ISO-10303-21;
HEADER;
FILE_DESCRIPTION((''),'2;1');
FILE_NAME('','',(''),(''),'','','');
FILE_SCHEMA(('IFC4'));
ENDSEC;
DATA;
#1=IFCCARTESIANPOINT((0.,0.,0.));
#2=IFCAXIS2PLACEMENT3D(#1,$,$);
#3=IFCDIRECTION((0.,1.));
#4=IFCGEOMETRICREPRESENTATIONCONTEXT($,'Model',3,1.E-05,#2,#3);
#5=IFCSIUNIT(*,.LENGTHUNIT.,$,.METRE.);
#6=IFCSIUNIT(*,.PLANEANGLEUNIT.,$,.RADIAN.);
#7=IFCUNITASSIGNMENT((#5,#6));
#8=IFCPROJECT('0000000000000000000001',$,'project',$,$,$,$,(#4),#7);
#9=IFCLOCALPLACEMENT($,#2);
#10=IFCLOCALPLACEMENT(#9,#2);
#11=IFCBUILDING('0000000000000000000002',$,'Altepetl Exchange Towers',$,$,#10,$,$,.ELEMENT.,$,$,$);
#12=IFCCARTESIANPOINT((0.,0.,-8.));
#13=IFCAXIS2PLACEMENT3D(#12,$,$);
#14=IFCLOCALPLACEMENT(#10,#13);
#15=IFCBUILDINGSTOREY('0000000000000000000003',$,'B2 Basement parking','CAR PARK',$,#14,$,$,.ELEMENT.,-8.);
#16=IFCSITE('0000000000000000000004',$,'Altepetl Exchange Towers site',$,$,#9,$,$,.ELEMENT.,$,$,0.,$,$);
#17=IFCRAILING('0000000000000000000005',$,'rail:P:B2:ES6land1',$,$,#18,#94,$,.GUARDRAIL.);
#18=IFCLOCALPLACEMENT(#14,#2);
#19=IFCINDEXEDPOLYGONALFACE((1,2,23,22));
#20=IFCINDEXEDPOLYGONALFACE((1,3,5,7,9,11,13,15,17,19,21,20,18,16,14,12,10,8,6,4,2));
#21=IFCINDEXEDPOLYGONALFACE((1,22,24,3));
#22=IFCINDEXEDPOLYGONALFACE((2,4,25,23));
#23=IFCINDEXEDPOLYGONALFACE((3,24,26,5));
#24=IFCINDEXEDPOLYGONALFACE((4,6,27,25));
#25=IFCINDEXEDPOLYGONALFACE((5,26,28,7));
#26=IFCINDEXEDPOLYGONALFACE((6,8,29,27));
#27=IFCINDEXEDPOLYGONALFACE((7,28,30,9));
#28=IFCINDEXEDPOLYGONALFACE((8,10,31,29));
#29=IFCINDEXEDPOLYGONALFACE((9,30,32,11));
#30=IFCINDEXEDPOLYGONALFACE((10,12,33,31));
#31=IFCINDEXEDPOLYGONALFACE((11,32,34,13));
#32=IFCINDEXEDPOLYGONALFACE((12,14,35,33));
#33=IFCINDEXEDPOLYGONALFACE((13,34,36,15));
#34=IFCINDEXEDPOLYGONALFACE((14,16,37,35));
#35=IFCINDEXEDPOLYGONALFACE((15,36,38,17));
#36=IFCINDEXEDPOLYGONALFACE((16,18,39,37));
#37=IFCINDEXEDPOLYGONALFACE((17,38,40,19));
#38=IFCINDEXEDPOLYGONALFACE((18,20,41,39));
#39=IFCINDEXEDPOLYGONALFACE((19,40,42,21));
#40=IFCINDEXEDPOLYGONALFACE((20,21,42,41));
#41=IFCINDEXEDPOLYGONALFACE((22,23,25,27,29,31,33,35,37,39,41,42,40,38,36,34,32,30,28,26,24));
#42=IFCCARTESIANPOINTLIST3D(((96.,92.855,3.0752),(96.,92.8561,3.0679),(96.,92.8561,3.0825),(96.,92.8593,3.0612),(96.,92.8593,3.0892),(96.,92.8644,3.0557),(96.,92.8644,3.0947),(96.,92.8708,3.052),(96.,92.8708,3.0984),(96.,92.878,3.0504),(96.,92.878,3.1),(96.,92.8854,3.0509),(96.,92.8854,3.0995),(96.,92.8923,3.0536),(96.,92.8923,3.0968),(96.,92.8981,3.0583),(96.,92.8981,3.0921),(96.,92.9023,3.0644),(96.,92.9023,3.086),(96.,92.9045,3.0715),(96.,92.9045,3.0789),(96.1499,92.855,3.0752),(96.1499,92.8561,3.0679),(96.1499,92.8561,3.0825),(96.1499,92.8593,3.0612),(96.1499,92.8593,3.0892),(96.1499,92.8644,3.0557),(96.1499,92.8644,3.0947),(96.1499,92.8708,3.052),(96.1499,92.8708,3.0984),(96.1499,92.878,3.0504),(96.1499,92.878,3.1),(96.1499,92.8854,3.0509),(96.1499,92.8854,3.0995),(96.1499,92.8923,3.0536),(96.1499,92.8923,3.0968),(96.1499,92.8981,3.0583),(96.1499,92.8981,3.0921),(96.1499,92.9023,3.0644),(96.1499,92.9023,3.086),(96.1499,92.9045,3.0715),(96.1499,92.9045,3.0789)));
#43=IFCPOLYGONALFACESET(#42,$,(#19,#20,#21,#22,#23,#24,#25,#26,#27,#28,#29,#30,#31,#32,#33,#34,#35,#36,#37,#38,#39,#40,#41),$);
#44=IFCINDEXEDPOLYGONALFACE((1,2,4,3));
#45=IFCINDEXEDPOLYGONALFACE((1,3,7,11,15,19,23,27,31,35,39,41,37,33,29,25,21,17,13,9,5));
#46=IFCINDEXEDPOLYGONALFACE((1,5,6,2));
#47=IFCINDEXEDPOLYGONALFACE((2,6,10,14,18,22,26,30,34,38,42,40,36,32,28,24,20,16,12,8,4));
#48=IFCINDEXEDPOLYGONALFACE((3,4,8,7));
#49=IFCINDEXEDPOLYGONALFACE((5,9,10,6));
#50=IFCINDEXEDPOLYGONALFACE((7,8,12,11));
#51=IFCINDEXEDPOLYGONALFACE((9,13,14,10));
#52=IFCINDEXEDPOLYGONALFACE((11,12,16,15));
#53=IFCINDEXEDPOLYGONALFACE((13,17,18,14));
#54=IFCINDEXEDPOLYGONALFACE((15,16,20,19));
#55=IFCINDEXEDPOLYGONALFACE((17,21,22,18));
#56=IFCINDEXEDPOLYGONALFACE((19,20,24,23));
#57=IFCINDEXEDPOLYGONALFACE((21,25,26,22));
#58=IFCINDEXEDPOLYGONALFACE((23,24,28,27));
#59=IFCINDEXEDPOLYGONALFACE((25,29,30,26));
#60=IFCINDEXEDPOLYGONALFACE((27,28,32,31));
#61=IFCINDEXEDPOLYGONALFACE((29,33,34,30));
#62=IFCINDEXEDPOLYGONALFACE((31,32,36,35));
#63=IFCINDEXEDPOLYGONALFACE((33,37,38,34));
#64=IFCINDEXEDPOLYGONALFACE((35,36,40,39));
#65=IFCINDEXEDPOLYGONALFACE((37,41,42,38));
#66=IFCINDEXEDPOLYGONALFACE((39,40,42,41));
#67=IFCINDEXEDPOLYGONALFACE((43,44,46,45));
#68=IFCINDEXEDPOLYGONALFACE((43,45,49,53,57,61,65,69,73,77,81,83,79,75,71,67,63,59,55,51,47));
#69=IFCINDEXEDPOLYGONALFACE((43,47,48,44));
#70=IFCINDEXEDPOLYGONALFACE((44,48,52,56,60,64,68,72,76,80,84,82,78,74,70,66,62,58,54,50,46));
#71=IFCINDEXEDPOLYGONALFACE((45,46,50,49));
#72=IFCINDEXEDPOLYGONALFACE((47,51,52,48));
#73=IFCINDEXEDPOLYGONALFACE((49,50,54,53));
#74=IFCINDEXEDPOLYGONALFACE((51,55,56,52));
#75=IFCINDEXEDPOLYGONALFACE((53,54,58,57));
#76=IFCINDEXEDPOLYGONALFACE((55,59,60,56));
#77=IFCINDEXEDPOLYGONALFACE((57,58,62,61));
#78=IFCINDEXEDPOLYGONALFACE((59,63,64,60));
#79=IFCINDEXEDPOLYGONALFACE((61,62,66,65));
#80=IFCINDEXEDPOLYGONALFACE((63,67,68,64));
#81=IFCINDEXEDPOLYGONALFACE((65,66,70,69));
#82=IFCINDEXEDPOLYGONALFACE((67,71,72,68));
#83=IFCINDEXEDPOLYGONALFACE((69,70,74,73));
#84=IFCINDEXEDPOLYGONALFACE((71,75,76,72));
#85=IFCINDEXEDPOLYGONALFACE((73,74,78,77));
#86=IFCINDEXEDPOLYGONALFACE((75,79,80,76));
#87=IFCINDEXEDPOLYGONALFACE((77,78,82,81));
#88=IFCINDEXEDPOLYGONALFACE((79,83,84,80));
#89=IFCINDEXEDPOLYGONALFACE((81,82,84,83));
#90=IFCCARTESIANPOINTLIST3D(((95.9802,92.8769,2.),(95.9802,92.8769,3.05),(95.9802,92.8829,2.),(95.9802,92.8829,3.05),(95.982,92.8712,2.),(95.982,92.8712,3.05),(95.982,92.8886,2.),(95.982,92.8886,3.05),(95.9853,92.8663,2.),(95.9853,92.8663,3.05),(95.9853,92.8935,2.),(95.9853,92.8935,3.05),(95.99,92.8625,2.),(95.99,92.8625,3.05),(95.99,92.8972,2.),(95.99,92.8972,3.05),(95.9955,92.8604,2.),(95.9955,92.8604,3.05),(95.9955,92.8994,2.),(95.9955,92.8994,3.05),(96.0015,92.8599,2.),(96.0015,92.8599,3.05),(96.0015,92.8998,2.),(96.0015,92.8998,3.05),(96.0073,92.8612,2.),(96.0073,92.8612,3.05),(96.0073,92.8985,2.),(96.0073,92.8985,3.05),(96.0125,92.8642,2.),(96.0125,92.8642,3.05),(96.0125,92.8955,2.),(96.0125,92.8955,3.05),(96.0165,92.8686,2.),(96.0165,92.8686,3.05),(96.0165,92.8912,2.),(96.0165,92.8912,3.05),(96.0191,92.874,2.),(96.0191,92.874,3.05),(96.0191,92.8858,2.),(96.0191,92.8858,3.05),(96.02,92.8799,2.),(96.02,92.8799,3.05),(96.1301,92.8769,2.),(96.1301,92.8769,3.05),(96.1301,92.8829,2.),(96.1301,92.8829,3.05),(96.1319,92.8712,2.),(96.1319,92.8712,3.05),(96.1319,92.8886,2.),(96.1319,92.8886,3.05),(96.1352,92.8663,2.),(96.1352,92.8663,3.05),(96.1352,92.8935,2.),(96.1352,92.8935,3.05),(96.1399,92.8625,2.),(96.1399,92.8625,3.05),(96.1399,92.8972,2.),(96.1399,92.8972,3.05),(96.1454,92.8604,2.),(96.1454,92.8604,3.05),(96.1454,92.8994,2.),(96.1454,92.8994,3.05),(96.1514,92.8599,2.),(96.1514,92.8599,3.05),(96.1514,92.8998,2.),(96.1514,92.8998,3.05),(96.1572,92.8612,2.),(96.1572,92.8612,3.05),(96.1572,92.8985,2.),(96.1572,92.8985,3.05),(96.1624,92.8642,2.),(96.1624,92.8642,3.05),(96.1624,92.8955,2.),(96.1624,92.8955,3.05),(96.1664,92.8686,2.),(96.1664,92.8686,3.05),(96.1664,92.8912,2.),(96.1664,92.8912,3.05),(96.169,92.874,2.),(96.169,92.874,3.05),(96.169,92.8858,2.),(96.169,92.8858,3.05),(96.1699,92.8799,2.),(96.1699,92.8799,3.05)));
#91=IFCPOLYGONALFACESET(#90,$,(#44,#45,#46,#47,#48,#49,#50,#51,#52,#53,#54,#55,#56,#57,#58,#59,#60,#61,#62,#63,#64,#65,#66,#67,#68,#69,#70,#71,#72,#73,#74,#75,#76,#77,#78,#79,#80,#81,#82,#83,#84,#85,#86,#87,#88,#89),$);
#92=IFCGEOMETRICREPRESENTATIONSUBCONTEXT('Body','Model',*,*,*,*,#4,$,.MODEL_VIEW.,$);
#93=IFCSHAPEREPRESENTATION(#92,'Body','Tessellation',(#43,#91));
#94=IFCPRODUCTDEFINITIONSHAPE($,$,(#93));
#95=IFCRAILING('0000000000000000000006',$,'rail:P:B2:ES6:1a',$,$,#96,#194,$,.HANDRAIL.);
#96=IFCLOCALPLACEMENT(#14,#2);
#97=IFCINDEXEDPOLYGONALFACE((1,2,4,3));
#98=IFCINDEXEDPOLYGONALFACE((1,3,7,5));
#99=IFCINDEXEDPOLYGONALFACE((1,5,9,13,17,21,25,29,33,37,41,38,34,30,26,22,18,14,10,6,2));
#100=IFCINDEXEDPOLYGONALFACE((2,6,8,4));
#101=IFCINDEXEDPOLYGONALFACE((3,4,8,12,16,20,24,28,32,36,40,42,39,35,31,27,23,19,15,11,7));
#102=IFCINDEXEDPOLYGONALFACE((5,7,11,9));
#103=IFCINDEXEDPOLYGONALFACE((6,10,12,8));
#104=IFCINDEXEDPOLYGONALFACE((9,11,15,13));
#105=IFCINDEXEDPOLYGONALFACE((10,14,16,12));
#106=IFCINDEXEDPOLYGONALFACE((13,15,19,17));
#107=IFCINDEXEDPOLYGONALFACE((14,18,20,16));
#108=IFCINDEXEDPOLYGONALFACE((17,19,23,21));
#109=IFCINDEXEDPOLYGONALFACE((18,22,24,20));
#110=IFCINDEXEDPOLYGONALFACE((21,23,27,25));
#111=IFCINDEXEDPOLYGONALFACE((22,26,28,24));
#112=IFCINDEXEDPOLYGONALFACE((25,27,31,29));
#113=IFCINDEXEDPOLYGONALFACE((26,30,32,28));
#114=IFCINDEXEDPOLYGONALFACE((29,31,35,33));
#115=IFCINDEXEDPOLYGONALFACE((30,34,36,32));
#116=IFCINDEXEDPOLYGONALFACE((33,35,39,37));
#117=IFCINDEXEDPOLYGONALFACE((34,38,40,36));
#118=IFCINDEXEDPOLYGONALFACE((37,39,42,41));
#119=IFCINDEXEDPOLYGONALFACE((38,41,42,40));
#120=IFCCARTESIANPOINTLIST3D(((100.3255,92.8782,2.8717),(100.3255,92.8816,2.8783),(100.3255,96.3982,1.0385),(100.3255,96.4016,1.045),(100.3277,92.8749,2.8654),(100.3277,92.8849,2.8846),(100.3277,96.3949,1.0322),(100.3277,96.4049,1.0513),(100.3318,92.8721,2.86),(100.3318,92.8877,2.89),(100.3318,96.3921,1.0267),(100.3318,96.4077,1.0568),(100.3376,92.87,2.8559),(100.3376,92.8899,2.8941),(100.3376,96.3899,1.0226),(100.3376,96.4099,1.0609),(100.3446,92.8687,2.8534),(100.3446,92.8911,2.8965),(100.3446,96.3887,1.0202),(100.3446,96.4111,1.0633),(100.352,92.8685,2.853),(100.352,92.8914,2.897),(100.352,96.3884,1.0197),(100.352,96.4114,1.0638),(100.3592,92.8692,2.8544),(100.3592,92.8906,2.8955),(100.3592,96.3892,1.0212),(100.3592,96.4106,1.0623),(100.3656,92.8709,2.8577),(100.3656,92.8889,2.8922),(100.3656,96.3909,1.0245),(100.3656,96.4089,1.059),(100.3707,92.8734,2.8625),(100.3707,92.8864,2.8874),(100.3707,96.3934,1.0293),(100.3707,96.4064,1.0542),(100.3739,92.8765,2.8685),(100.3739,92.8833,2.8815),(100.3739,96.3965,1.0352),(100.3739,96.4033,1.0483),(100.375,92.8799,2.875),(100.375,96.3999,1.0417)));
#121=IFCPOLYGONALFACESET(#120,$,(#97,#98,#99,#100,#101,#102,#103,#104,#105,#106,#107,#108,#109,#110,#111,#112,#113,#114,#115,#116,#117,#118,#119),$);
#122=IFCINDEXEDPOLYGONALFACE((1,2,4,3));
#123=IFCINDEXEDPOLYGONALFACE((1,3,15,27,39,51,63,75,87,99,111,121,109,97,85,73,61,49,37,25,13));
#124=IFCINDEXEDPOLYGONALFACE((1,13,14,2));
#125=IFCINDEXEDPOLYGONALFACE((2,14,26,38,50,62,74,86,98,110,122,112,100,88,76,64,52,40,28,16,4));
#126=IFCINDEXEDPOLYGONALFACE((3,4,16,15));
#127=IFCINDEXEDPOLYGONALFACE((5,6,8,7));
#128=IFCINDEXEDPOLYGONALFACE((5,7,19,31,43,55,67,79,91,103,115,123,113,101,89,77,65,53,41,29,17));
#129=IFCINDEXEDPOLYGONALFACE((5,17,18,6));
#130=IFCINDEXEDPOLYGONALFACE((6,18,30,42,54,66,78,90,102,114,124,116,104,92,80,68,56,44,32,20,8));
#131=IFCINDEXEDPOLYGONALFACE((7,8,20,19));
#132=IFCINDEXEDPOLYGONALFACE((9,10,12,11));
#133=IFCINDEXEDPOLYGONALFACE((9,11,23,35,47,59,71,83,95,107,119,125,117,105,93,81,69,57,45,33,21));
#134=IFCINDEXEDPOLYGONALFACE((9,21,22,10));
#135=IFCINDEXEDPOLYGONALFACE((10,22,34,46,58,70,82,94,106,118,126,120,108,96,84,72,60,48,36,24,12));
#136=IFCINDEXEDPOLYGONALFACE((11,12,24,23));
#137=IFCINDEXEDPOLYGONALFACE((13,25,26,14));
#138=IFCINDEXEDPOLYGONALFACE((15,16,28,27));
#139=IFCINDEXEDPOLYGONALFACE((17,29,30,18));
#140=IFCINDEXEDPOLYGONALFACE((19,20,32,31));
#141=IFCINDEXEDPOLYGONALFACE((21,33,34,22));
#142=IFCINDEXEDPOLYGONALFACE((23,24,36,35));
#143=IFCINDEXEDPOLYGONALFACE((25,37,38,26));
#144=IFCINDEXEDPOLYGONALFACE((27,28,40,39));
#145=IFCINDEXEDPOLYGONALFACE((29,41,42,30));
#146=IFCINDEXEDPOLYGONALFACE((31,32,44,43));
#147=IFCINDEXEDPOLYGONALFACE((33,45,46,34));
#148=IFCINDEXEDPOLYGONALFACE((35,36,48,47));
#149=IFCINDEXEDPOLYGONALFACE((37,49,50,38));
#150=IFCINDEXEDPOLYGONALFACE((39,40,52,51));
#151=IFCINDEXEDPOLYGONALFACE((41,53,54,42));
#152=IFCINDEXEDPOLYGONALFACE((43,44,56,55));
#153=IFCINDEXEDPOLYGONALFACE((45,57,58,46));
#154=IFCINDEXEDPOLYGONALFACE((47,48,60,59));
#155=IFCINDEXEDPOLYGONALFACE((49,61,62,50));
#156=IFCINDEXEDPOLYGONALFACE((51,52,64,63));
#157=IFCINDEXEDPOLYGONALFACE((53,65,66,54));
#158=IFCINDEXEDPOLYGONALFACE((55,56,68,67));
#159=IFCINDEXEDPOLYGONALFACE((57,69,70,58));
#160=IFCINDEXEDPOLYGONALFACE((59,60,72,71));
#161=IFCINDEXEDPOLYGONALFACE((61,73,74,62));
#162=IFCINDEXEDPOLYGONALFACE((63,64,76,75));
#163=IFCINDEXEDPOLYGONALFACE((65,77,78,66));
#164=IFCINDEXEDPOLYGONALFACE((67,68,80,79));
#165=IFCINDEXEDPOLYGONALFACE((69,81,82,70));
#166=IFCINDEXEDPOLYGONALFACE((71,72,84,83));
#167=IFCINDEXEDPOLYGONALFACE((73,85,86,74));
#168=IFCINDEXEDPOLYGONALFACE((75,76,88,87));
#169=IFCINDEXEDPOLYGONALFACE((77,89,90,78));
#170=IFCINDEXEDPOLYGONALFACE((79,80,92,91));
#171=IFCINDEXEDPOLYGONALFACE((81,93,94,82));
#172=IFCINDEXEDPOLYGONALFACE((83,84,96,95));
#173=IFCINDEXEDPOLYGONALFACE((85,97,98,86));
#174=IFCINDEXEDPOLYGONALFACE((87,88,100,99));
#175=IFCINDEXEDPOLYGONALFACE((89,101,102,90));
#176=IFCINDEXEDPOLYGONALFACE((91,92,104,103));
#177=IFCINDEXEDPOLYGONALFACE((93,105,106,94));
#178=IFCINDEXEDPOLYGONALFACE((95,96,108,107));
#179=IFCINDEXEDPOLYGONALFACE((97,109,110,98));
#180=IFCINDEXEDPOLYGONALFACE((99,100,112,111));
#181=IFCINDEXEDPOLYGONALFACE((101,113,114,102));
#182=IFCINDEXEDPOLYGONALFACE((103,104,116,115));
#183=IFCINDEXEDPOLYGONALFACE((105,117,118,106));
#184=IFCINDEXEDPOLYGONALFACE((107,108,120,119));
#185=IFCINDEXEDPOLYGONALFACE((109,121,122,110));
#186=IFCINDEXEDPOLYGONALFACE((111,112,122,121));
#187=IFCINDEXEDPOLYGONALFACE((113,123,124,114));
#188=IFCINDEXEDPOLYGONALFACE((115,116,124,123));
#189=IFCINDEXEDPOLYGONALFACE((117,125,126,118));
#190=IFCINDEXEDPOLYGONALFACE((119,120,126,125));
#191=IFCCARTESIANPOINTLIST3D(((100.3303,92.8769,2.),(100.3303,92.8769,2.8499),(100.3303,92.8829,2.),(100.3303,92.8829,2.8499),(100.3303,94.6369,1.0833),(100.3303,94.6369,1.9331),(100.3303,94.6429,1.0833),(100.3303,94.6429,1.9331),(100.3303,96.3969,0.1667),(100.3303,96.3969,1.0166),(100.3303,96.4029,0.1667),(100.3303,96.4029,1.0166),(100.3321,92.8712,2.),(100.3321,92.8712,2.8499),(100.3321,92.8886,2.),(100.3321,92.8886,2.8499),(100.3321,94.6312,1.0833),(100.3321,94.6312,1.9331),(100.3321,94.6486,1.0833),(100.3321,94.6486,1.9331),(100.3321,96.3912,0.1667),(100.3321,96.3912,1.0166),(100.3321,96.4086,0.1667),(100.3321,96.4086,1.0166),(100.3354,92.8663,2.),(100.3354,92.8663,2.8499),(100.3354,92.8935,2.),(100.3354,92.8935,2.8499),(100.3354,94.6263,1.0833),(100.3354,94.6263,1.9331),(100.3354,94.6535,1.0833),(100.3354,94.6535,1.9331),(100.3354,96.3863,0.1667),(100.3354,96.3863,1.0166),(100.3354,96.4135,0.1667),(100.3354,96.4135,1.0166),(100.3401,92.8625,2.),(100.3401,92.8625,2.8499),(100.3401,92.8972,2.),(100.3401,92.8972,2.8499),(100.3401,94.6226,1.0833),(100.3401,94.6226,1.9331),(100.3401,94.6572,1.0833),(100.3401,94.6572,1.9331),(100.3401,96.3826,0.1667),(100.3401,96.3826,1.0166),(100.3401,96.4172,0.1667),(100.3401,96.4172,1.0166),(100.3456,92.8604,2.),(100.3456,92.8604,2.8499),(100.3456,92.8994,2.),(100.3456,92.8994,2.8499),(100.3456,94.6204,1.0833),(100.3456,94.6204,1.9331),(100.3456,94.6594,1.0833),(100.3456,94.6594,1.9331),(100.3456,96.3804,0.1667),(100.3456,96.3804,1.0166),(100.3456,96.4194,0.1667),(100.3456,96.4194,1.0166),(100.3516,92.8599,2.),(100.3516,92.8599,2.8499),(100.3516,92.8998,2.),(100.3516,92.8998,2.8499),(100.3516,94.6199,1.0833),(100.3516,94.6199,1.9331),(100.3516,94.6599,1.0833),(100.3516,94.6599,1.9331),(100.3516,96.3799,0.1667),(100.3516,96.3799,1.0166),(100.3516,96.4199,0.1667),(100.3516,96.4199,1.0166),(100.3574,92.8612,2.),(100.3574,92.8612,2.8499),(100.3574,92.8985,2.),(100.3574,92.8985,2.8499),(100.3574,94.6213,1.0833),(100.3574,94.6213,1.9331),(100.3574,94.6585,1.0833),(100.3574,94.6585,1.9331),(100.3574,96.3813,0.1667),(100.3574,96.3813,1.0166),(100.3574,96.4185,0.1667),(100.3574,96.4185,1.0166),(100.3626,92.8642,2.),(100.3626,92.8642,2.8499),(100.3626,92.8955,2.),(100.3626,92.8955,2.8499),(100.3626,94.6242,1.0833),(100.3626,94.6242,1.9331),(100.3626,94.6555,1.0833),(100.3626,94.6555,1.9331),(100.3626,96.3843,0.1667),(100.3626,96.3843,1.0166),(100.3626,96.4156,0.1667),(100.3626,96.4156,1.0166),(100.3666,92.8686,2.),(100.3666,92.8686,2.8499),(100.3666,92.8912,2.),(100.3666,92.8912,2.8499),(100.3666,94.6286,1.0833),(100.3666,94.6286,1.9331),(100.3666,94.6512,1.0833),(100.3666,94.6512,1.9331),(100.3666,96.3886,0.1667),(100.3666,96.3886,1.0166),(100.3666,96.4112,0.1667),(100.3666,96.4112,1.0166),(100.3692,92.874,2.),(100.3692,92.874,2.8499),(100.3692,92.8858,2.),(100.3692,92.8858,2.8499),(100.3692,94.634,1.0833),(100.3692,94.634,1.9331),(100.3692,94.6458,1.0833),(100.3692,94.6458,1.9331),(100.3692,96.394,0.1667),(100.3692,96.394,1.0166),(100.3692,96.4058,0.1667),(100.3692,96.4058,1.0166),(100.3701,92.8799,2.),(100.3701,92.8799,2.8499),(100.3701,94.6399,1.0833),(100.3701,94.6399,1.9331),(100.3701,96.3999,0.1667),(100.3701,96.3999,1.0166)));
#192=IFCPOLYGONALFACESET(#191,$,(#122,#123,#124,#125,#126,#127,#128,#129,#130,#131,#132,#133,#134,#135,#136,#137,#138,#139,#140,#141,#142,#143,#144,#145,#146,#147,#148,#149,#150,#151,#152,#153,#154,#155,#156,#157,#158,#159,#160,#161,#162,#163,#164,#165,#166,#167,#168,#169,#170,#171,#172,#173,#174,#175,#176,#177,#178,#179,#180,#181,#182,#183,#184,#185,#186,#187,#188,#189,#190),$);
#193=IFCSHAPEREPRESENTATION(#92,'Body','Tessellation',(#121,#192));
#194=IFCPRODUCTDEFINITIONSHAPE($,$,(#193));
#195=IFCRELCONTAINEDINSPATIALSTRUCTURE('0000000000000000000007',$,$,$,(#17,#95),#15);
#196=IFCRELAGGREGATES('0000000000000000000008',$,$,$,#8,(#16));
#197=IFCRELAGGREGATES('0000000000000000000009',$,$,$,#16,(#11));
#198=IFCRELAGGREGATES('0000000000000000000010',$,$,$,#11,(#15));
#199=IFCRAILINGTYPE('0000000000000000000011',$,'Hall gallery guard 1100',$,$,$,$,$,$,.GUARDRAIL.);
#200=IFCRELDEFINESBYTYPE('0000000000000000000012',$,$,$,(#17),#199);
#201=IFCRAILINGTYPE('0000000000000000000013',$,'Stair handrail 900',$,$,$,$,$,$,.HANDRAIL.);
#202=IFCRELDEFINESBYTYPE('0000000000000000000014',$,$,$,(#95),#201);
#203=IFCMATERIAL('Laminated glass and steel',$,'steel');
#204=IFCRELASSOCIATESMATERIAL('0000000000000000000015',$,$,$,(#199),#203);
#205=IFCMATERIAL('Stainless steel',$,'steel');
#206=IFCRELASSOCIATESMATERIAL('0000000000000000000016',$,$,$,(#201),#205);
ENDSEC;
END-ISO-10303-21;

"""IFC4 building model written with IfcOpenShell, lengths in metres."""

from ifc_helpers import new_model, si_unit, direction, frame, origin, origin_2d, place, context, subcontext, project, spatial, circle, extrude, source, transform, mapped, material, type_object, element, save


model = new_model("IFC4")

# Units and contexts
model_context = context("Model", 3, precision=1e-05, world=origin(), true_north=direction((0.0, 1.0)))
body_context = subcontext(model_context, "Body", "Model", "MODEL_VIEW")
ifc_project = project(units=[si_unit("LENGTHUNIT", "METRE"), si_unit("PLANEANGLEUNIT", "RADIAN")], contexts=[model_context])

# Site, building, storey
site_placement = place(None, origin())
site = spatial("IfcSite", under=ifc_project, at=site_placement, Name="Altepetl Exchange Towers site", CompositionType="ELEMENT", RefElevation=0.0)
building_placement = place(site_placement, origin())
building = spatial("IfcBuilding", under=site, at=building_placement, Name="Altepetl Exchange Towers", CompositionType="ELEMENT")
storey_placement = place(building_placement, frame((0.0, 0.0, -8.0)))
storey = spatial("IfcBuildingStorey", under=building, at=storey_placement, Name="B2 Basement parking", Description="CAR PARK", CompositionType="ELEMENT", Elevation=-8.0)

# Railings
ifc_material_1 = material(Name="Laminated glass and steel", Category="steel")
railing_type_1 = type_object("IfcRailingType", Name="Hall gallery guard 1100", PredefinedType="GUARDRAIL", material=ifc_material_1)
shared_shape_1 = source(origin(), body_context, "Body", "SweptSolid", [
    extrude(circle(Radius=0.02, at=origin_2d()), origin(), (0.0, 0.0, 1.0), 1.05),
])
for number, where, name in (
    (1, (96.1499, 92.8799, 2.0), "rail:P:B2:ES6land1"),
):
    element("IfcRailing", number, at=place(storey_placement, frame(where)), inside=storey, type_object=railing_type_1, Name=name, PredefinedType="GUARDRAIL", context=body_context, shape_type="SweptSolid", body=[
        extrude(circle(Radius=0.0249, at=origin_2d()), frame((0.0, 0.0, 1.0752), z_axis=(-1.0, 0.0, 0.0), x_axis=(0.0, -1.0, 0.0)), (0.0, 0.0, 1.0), 0.1499),
        mapped(shared_shape_1, transform((0.0, 0.0, 0.0))),
        mapped(shared_shape_1, transform((-0.1499, 0.0, 0.0))),
    ])
ifc_material_2 = material(Name="Stainless steel", Category="steel")
railing_type_2 = type_object("IfcRailingType", Name="Stair handrail 900", PredefinedType="HANDRAIL", material=ifc_material_2)
shared_shape_2 = source(origin(), body_context, "Body", "SweptSolid", [
    extrude(circle(Radius=0.02, at=origin_2d()), origin(), (0.0, 0.0, 1.0), 0.8499),
])
for number, where, name in (
    (2, (100.3501, 96.3999, 0.1667), "rail:P:B2:ES6:1a"),
):
    element("IfcRailing", number, at=place(storey_placement, frame(where)), inside=storey, type_object=railing_type_2, Name=name, PredefinedType="HANDRAIL", context=body_context, shape_type="SweptSolid", body=[
        extrude(circle(Radius=0.0249, at=origin_2d()), frame((0.0, 0.0, 0.875), z_axis=(0.0, -0.886924, 0.461916), x_axis=(1.0, 0.0, 0.0)), (0.0, 0.0, 1.0), 3.9688),
        mapped(shared_shape_2, transform((0.0, 0.0, 0.0))),
        mapped(shared_shape_2, transform((0.0, -1.76, 0.9165))),
        mapped(shared_shape_2, transform((0.0, -3.52, 1.8333))),
    ])

save(model, "model.ifc")
